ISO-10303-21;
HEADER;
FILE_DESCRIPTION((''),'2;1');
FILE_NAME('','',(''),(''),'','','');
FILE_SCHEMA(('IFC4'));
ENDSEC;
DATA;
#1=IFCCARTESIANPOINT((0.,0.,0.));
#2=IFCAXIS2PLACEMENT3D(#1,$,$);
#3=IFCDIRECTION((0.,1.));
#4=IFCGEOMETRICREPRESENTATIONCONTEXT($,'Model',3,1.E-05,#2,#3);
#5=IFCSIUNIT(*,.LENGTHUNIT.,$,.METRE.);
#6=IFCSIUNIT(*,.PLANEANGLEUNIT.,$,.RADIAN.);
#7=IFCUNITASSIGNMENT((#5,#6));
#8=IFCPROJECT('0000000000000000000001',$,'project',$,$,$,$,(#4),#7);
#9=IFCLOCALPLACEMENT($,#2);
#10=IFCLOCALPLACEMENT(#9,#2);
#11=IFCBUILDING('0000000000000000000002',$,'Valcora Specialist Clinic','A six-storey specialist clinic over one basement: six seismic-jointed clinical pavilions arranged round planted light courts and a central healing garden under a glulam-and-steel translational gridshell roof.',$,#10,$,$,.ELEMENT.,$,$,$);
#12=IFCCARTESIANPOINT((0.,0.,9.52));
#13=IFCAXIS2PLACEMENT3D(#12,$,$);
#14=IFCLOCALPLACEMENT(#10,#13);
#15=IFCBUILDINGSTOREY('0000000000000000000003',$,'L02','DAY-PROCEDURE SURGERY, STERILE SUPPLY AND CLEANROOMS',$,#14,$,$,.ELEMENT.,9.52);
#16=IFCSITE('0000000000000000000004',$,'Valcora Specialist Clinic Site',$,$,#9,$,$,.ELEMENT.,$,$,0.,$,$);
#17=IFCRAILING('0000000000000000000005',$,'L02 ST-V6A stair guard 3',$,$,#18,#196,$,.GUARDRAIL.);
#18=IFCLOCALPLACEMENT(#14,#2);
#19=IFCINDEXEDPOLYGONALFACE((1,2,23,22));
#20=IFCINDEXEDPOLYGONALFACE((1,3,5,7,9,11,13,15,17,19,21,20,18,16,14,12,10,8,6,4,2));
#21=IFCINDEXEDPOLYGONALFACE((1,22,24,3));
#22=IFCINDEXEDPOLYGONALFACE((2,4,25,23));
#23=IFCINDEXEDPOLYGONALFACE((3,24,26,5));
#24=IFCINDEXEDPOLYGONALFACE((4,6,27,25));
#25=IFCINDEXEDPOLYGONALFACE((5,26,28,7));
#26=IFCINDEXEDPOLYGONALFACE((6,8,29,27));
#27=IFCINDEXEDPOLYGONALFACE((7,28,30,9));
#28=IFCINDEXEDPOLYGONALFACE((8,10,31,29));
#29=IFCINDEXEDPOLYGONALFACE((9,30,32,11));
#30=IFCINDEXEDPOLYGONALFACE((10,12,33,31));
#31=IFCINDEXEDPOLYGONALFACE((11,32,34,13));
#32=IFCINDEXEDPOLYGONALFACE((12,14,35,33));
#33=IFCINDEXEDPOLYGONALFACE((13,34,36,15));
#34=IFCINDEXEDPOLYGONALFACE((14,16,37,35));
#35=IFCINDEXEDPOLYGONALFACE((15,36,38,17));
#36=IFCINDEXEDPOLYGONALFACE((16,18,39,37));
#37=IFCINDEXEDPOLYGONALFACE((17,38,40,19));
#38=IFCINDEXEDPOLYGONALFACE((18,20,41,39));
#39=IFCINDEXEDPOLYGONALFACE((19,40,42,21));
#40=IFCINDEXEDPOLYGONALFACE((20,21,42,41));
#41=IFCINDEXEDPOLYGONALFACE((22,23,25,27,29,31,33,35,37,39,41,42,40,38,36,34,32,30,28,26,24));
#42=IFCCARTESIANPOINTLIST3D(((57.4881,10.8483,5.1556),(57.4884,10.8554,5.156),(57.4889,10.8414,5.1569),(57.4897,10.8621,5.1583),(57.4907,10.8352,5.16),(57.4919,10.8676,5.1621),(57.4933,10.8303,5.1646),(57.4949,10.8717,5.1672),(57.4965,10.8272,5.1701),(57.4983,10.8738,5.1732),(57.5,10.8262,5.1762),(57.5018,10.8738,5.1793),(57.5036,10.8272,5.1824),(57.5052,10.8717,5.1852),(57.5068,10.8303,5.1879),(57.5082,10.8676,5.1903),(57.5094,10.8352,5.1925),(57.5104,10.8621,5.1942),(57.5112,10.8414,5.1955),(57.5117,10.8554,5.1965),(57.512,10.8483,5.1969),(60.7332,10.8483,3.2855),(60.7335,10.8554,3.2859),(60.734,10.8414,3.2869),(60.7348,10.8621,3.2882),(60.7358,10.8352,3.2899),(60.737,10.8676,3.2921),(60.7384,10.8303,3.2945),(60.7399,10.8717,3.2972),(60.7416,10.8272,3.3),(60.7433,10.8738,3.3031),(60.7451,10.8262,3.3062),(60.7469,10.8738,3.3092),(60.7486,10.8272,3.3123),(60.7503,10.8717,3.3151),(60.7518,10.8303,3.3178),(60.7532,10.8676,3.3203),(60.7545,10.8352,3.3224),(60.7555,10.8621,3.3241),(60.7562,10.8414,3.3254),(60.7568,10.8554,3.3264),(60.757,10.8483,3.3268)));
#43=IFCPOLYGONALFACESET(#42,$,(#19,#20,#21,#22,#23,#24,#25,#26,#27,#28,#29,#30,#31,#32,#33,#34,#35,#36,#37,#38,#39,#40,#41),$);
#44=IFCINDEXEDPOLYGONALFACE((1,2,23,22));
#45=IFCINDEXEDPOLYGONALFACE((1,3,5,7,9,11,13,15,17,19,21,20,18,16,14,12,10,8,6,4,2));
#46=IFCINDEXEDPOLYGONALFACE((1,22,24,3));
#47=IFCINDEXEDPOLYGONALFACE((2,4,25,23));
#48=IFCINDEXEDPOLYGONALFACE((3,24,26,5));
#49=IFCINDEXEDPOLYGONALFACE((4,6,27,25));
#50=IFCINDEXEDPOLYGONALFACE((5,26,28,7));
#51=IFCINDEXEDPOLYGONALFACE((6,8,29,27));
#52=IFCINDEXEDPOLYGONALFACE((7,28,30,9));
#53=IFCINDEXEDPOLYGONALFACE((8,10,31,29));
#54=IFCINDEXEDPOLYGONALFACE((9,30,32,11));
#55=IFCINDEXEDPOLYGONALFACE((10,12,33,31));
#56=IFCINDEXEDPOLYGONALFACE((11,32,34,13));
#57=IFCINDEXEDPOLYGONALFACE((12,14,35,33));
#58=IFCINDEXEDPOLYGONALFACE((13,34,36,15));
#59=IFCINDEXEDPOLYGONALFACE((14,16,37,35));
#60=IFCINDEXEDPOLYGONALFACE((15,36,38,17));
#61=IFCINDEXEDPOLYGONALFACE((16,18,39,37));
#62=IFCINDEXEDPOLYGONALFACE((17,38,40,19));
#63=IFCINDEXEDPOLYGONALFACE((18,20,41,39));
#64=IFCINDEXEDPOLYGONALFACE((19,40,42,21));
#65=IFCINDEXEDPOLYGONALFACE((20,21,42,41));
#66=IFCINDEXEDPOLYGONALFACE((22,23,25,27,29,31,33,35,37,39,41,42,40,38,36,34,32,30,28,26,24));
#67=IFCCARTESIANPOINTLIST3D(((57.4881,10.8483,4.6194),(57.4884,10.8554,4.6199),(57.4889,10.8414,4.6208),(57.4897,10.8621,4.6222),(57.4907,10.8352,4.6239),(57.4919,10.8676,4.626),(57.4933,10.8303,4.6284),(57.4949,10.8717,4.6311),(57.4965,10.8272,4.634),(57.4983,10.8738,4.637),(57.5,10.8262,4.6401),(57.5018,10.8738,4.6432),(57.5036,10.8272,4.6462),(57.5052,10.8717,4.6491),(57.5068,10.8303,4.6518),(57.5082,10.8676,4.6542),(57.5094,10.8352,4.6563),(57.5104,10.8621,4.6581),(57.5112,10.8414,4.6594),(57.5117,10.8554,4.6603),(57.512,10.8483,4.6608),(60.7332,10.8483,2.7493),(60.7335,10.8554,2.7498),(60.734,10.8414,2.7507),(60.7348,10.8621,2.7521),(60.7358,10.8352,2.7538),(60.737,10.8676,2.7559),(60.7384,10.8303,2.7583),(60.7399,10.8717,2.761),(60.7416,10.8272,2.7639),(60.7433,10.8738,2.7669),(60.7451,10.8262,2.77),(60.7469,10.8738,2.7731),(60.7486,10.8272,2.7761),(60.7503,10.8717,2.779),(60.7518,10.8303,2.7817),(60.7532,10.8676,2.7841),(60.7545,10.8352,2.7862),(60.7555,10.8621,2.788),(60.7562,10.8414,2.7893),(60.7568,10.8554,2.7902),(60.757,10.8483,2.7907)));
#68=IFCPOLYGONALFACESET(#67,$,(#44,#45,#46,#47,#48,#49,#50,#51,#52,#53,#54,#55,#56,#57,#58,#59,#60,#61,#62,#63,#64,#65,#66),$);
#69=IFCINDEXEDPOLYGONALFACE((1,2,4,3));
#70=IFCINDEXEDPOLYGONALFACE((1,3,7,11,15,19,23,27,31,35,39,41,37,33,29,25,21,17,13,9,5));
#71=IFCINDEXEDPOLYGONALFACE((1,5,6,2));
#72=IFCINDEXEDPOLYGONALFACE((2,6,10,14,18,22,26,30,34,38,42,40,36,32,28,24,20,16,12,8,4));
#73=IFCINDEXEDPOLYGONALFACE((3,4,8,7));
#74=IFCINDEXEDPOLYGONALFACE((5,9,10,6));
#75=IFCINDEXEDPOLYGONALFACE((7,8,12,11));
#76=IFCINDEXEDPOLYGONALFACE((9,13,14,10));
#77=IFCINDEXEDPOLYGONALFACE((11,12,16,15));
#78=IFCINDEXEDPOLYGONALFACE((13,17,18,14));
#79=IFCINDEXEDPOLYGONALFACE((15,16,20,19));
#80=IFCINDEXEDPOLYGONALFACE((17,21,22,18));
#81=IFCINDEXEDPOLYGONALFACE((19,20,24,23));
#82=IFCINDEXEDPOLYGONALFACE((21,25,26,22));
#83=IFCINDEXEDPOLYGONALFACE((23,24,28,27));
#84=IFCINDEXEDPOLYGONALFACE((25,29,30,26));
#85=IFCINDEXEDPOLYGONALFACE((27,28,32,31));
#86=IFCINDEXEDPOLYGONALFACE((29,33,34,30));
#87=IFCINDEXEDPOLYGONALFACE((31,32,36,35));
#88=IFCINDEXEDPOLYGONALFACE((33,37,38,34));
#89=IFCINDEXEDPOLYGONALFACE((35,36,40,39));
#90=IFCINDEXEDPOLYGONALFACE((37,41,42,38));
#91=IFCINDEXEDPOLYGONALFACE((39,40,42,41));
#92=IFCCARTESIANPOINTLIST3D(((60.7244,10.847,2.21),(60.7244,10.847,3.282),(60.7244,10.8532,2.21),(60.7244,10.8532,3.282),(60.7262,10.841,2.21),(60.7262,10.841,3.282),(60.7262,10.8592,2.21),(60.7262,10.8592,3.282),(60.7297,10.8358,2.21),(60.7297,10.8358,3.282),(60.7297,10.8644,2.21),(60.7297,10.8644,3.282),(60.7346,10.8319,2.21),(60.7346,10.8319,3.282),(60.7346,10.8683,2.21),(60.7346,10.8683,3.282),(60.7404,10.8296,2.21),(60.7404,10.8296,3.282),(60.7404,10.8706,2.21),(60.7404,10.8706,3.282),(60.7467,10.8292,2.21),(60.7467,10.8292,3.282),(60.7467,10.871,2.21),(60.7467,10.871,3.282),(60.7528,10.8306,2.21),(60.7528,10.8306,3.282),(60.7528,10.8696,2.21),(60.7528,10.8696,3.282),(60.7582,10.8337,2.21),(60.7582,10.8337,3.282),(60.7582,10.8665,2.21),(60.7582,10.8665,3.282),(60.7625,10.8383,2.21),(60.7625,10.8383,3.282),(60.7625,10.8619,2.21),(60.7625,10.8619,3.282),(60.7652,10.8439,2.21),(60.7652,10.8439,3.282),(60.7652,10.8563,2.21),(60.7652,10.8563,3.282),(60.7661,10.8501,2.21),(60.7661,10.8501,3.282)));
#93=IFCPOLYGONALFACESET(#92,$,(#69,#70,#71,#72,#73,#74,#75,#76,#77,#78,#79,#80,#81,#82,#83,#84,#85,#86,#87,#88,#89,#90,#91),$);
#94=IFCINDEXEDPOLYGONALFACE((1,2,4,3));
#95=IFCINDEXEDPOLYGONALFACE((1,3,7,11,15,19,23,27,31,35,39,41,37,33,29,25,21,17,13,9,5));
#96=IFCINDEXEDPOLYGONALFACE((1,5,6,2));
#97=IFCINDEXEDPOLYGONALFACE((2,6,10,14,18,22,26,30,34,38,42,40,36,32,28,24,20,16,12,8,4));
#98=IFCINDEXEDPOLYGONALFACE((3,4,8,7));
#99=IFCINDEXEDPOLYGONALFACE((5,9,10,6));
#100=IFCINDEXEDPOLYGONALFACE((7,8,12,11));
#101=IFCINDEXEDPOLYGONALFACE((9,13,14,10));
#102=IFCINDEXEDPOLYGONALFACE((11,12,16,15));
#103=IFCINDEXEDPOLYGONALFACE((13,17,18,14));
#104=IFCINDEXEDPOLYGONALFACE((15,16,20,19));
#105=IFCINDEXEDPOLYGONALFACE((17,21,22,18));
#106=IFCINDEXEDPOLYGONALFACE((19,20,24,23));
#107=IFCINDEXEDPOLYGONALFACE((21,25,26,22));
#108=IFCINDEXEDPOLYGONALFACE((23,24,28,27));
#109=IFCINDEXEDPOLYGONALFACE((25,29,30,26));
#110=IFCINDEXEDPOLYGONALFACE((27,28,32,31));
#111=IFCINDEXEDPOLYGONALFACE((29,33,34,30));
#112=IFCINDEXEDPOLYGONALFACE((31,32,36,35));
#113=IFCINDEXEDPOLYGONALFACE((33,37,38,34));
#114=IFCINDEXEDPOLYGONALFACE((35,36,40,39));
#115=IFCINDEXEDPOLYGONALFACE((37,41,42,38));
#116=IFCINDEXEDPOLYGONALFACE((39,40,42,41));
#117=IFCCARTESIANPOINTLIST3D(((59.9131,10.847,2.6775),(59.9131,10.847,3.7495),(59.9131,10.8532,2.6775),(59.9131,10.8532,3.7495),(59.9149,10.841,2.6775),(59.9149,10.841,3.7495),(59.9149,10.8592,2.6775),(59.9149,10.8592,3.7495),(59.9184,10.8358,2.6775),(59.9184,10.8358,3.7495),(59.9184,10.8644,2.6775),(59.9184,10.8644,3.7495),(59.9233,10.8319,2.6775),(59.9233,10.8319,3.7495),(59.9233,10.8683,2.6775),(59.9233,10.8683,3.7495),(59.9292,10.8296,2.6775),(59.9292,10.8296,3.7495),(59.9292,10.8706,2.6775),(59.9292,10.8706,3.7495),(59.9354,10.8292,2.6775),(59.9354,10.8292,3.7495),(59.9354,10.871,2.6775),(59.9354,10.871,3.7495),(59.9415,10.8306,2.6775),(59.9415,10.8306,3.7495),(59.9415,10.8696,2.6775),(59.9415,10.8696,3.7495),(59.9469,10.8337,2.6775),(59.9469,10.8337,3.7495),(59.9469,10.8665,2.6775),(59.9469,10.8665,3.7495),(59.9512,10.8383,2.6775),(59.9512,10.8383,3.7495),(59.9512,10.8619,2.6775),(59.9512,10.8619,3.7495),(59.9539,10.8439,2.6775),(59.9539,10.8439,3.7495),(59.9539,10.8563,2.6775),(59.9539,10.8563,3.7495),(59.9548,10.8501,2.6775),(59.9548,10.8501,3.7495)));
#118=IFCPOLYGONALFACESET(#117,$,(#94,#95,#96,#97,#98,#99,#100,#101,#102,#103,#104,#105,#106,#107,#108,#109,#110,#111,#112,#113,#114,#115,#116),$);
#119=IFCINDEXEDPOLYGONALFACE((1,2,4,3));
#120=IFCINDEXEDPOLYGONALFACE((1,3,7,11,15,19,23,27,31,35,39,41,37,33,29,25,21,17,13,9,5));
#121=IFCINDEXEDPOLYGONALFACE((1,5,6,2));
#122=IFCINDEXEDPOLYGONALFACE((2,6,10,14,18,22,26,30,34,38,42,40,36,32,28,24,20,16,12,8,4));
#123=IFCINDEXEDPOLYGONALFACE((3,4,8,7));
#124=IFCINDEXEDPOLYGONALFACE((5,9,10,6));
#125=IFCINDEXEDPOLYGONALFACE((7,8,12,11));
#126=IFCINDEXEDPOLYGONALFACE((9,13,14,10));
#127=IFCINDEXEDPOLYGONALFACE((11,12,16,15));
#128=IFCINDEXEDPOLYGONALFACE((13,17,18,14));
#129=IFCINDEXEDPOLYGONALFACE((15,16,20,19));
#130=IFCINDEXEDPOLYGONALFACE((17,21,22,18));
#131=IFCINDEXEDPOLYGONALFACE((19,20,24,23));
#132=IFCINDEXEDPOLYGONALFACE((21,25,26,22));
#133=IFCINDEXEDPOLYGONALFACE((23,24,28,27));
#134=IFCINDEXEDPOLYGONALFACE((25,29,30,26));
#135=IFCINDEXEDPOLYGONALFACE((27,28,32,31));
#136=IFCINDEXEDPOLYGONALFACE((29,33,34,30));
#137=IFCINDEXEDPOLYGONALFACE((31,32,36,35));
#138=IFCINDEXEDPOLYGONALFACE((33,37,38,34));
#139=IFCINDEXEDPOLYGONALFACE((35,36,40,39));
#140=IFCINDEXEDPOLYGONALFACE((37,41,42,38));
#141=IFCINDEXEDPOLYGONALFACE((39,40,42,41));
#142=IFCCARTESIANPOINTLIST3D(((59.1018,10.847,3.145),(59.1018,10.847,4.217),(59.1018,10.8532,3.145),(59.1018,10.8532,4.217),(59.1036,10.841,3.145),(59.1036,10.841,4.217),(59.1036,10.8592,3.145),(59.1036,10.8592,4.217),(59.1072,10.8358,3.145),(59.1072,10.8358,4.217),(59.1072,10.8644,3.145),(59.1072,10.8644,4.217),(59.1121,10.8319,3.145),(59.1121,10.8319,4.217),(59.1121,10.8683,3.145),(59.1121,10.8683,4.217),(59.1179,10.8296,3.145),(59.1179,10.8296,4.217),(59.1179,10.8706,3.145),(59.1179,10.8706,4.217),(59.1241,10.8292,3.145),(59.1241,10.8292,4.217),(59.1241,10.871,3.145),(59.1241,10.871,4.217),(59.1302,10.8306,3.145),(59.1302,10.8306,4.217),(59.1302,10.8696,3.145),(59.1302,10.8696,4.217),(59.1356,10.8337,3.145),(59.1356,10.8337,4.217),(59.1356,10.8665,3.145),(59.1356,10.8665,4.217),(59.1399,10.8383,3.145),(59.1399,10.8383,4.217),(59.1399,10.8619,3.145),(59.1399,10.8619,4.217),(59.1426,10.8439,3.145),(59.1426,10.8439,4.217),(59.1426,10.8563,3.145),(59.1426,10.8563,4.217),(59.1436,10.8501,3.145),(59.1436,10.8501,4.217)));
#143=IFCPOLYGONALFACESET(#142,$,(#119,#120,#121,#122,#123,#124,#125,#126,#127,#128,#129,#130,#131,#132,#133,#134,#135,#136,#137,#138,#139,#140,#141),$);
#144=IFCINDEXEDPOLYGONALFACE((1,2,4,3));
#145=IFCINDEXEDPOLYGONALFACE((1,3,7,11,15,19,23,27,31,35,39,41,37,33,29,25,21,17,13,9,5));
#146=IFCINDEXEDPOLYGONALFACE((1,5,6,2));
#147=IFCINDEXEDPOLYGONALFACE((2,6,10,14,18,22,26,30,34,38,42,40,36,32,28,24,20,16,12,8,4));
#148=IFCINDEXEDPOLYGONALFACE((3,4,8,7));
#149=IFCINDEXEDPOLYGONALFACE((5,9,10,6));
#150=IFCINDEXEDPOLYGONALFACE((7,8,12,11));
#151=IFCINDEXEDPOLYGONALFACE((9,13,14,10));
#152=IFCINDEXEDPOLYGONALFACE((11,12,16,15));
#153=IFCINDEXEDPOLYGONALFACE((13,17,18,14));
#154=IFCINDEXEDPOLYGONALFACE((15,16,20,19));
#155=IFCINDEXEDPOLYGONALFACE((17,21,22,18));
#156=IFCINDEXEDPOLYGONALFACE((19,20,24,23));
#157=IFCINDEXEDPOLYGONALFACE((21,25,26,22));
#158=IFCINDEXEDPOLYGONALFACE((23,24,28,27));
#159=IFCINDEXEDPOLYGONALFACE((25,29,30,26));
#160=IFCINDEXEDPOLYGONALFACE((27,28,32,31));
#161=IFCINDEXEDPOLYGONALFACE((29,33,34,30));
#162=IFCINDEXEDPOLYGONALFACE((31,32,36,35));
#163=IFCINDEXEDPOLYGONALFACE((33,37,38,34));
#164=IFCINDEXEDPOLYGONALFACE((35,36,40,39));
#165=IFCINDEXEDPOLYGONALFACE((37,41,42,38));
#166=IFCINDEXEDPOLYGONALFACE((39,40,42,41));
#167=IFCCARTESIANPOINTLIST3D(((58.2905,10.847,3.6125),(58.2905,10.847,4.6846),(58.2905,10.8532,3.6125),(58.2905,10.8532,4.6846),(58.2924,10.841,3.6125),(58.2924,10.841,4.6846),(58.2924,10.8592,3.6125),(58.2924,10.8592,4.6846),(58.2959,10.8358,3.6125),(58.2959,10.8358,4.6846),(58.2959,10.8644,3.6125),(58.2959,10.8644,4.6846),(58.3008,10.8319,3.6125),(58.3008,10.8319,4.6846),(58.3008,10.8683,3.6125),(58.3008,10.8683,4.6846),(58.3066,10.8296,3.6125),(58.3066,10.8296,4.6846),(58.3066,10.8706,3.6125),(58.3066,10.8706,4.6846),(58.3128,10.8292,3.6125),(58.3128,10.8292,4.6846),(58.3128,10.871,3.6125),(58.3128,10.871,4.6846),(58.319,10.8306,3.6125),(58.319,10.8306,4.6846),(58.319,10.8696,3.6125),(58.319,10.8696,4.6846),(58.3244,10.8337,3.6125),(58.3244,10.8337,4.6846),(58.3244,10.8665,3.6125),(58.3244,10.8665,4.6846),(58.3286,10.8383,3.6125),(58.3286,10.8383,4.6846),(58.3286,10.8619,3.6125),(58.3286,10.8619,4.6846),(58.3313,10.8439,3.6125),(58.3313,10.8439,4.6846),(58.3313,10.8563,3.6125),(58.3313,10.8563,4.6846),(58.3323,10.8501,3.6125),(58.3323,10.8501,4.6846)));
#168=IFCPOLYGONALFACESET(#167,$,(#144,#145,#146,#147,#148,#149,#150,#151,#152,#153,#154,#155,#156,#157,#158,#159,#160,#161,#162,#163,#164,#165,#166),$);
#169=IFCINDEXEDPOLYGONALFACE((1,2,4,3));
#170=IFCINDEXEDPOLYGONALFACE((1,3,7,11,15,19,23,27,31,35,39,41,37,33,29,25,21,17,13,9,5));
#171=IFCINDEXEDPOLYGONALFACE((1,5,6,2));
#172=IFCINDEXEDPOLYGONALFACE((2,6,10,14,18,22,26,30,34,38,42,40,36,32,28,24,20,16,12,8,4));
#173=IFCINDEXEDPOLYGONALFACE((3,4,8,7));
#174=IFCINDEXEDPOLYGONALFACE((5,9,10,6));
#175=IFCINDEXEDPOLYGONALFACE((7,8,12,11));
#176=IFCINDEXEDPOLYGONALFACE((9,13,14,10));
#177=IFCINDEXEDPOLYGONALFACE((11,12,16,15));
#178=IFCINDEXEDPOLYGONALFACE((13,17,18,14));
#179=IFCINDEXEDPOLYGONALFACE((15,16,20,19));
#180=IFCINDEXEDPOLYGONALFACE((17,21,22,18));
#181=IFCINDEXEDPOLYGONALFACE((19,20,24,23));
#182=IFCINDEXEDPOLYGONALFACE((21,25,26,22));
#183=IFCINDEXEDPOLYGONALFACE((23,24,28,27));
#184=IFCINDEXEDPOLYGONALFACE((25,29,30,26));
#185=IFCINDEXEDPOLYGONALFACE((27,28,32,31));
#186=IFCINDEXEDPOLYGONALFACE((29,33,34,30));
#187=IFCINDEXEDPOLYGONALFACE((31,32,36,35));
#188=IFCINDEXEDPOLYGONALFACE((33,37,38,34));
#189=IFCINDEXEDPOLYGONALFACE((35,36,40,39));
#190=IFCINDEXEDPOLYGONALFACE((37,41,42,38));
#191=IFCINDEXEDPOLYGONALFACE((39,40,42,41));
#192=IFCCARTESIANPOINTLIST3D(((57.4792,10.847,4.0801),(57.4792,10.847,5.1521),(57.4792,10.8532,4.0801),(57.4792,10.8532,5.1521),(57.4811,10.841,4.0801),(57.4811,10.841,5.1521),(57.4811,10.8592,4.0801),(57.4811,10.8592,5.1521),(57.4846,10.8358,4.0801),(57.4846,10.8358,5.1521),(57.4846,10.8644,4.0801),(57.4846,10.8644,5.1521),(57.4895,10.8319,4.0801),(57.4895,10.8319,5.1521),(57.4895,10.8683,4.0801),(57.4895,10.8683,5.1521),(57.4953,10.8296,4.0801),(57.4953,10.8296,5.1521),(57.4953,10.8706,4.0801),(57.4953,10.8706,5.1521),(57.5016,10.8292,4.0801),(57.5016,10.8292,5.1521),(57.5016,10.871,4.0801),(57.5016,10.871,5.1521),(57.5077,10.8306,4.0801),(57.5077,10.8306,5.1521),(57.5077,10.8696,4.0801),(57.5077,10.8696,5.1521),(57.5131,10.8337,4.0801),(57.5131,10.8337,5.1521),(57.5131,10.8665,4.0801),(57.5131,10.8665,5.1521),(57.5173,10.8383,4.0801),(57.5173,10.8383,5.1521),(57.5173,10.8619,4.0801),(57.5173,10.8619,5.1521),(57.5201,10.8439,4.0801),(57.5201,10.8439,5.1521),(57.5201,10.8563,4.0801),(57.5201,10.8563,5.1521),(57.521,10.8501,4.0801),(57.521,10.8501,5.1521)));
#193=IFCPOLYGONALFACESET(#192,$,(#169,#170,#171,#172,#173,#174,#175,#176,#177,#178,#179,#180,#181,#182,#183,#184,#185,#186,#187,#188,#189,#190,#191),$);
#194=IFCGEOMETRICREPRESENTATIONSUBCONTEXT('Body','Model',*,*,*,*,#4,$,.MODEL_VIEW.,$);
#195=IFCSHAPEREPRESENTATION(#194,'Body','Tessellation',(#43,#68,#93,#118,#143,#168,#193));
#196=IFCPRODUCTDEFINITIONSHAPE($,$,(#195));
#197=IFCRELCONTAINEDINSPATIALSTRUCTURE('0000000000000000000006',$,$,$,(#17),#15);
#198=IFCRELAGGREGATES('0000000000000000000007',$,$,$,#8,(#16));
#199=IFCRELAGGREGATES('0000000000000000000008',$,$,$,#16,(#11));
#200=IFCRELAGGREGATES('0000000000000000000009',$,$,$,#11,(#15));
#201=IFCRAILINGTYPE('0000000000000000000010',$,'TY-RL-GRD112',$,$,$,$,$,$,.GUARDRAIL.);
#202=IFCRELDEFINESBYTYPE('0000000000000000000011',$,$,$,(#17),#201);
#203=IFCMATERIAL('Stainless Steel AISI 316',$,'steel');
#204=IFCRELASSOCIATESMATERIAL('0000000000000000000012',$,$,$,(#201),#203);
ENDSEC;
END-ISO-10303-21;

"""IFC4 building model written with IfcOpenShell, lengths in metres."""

from ifc_helpers import new_model, si_unit, direction, frame, origin, origin_2d, place, context, subcontext, project, spatial, circle, extrude, material, type_object, element, save


model = new_model("IFC4")

# Units and contexts
model_context = context("Model", 3, precision=1e-05, world=origin(), true_north=direction((0.0, 1.0)))
body_context = subcontext(model_context, "Body", "Model", "MODEL_VIEW")
ifc_project = project(units=[si_unit("LENGTHUNIT", "METRE"), si_unit("PLANEANGLEUNIT", "RADIAN")], contexts=[model_context])

# Site, building, storey
site_placement = place(None, origin())
site = spatial("IfcSite", under=ifc_project, at=site_placement, Name="Valcora Specialist Clinic Site", CompositionType="ELEMENT", RefElevation=0.0)
building_placement = place(site_placement, origin())
building = spatial("IfcBuilding", under=site, at=building_placement, Name="Valcora Specialist Clinic", Description="A six-storey specialist clinic over one basement: six seismic-jointed clinical pavilions arranged round planted light courts and a central healing garden under a glulam-and-steel translational gridshell roof.", CompositionType="ELEMENT")
storey_placement = place(building_placement, frame((0.0, 0.0, 9.52)))
storey = spatial("IfcBuildingStorey", under=building, at=storey_placement, Name="L02", Description="DAY-PROCEDURE SURGERY, STERILE SUPPLY AND CLEANROOMS", CompositionType="ELEMENT", Elevation=9.52)

# Railing
ifc_material_1 = material(Name="Stainless Steel AISI 316", Category="steel")
railing_type_1 = type_object("IfcRailingType", Name="TY-RL-GRD112", PredefinedType="GUARDRAIL", material=ifc_material_1)
railing_1_placement = place(storey_placement, frame((60.7451, 10.8501, 2.21)))
element("IfcRailing", 1, at=railing_1_placement, inside=storey, type_object=railing_type_1, Name="L02 ST-V6A stair guard 3", PredefinedType="GUARDRAIL", context=body_context, shape_type="SweptSolid", body=[
    extrude(circle(Radius=0.0239, at=origin_2d()), frame((0.0, 0.0, 1.0962), z_axis=(-0.866424, 0.0, 0.499309), x_axis=(0.0, -1.0, 0.0)), (0.0, 0.0, 1.0), 3.7454),
    extrude(circle(Radius=0.0239, at=origin_2d()), frame((0.0, 0.0, 0.5601), z_axis=(-0.866424, 0.0, 0.499309), x_axis=(0.0, -1.0, 0.0)), (0.0, 0.0, 1.0), 3.7454),
    extrude(circle(Radius=0.021, at=origin_2d()), origin(), (0.0, 0.0, 1.0), 1.072),
    extrude(circle(Radius=0.021, at=origin_2d()), frame((-0.8113, 0.0, 0.4675)), (0.0, 0.0, 1.0), 1.072),
    extrude(circle(Radius=0.021, at=origin_2d()), frame((-1.6226, 0.0, 0.9351)), (0.0, 0.0, 1.0), 1.072),
    extrude(circle(Radius=0.021, at=origin_2d()), frame((-2.4338, 0.0, 1.4026)), (0.0, 0.0, 1.0), 1.072),
    extrude(circle(Radius=0.021, at=origin_2d()), frame((-3.2451, 0.0, 1.8701)), (0.0, 0.0, 1.0), 1.072),
])

save(model, "model.ifc")
